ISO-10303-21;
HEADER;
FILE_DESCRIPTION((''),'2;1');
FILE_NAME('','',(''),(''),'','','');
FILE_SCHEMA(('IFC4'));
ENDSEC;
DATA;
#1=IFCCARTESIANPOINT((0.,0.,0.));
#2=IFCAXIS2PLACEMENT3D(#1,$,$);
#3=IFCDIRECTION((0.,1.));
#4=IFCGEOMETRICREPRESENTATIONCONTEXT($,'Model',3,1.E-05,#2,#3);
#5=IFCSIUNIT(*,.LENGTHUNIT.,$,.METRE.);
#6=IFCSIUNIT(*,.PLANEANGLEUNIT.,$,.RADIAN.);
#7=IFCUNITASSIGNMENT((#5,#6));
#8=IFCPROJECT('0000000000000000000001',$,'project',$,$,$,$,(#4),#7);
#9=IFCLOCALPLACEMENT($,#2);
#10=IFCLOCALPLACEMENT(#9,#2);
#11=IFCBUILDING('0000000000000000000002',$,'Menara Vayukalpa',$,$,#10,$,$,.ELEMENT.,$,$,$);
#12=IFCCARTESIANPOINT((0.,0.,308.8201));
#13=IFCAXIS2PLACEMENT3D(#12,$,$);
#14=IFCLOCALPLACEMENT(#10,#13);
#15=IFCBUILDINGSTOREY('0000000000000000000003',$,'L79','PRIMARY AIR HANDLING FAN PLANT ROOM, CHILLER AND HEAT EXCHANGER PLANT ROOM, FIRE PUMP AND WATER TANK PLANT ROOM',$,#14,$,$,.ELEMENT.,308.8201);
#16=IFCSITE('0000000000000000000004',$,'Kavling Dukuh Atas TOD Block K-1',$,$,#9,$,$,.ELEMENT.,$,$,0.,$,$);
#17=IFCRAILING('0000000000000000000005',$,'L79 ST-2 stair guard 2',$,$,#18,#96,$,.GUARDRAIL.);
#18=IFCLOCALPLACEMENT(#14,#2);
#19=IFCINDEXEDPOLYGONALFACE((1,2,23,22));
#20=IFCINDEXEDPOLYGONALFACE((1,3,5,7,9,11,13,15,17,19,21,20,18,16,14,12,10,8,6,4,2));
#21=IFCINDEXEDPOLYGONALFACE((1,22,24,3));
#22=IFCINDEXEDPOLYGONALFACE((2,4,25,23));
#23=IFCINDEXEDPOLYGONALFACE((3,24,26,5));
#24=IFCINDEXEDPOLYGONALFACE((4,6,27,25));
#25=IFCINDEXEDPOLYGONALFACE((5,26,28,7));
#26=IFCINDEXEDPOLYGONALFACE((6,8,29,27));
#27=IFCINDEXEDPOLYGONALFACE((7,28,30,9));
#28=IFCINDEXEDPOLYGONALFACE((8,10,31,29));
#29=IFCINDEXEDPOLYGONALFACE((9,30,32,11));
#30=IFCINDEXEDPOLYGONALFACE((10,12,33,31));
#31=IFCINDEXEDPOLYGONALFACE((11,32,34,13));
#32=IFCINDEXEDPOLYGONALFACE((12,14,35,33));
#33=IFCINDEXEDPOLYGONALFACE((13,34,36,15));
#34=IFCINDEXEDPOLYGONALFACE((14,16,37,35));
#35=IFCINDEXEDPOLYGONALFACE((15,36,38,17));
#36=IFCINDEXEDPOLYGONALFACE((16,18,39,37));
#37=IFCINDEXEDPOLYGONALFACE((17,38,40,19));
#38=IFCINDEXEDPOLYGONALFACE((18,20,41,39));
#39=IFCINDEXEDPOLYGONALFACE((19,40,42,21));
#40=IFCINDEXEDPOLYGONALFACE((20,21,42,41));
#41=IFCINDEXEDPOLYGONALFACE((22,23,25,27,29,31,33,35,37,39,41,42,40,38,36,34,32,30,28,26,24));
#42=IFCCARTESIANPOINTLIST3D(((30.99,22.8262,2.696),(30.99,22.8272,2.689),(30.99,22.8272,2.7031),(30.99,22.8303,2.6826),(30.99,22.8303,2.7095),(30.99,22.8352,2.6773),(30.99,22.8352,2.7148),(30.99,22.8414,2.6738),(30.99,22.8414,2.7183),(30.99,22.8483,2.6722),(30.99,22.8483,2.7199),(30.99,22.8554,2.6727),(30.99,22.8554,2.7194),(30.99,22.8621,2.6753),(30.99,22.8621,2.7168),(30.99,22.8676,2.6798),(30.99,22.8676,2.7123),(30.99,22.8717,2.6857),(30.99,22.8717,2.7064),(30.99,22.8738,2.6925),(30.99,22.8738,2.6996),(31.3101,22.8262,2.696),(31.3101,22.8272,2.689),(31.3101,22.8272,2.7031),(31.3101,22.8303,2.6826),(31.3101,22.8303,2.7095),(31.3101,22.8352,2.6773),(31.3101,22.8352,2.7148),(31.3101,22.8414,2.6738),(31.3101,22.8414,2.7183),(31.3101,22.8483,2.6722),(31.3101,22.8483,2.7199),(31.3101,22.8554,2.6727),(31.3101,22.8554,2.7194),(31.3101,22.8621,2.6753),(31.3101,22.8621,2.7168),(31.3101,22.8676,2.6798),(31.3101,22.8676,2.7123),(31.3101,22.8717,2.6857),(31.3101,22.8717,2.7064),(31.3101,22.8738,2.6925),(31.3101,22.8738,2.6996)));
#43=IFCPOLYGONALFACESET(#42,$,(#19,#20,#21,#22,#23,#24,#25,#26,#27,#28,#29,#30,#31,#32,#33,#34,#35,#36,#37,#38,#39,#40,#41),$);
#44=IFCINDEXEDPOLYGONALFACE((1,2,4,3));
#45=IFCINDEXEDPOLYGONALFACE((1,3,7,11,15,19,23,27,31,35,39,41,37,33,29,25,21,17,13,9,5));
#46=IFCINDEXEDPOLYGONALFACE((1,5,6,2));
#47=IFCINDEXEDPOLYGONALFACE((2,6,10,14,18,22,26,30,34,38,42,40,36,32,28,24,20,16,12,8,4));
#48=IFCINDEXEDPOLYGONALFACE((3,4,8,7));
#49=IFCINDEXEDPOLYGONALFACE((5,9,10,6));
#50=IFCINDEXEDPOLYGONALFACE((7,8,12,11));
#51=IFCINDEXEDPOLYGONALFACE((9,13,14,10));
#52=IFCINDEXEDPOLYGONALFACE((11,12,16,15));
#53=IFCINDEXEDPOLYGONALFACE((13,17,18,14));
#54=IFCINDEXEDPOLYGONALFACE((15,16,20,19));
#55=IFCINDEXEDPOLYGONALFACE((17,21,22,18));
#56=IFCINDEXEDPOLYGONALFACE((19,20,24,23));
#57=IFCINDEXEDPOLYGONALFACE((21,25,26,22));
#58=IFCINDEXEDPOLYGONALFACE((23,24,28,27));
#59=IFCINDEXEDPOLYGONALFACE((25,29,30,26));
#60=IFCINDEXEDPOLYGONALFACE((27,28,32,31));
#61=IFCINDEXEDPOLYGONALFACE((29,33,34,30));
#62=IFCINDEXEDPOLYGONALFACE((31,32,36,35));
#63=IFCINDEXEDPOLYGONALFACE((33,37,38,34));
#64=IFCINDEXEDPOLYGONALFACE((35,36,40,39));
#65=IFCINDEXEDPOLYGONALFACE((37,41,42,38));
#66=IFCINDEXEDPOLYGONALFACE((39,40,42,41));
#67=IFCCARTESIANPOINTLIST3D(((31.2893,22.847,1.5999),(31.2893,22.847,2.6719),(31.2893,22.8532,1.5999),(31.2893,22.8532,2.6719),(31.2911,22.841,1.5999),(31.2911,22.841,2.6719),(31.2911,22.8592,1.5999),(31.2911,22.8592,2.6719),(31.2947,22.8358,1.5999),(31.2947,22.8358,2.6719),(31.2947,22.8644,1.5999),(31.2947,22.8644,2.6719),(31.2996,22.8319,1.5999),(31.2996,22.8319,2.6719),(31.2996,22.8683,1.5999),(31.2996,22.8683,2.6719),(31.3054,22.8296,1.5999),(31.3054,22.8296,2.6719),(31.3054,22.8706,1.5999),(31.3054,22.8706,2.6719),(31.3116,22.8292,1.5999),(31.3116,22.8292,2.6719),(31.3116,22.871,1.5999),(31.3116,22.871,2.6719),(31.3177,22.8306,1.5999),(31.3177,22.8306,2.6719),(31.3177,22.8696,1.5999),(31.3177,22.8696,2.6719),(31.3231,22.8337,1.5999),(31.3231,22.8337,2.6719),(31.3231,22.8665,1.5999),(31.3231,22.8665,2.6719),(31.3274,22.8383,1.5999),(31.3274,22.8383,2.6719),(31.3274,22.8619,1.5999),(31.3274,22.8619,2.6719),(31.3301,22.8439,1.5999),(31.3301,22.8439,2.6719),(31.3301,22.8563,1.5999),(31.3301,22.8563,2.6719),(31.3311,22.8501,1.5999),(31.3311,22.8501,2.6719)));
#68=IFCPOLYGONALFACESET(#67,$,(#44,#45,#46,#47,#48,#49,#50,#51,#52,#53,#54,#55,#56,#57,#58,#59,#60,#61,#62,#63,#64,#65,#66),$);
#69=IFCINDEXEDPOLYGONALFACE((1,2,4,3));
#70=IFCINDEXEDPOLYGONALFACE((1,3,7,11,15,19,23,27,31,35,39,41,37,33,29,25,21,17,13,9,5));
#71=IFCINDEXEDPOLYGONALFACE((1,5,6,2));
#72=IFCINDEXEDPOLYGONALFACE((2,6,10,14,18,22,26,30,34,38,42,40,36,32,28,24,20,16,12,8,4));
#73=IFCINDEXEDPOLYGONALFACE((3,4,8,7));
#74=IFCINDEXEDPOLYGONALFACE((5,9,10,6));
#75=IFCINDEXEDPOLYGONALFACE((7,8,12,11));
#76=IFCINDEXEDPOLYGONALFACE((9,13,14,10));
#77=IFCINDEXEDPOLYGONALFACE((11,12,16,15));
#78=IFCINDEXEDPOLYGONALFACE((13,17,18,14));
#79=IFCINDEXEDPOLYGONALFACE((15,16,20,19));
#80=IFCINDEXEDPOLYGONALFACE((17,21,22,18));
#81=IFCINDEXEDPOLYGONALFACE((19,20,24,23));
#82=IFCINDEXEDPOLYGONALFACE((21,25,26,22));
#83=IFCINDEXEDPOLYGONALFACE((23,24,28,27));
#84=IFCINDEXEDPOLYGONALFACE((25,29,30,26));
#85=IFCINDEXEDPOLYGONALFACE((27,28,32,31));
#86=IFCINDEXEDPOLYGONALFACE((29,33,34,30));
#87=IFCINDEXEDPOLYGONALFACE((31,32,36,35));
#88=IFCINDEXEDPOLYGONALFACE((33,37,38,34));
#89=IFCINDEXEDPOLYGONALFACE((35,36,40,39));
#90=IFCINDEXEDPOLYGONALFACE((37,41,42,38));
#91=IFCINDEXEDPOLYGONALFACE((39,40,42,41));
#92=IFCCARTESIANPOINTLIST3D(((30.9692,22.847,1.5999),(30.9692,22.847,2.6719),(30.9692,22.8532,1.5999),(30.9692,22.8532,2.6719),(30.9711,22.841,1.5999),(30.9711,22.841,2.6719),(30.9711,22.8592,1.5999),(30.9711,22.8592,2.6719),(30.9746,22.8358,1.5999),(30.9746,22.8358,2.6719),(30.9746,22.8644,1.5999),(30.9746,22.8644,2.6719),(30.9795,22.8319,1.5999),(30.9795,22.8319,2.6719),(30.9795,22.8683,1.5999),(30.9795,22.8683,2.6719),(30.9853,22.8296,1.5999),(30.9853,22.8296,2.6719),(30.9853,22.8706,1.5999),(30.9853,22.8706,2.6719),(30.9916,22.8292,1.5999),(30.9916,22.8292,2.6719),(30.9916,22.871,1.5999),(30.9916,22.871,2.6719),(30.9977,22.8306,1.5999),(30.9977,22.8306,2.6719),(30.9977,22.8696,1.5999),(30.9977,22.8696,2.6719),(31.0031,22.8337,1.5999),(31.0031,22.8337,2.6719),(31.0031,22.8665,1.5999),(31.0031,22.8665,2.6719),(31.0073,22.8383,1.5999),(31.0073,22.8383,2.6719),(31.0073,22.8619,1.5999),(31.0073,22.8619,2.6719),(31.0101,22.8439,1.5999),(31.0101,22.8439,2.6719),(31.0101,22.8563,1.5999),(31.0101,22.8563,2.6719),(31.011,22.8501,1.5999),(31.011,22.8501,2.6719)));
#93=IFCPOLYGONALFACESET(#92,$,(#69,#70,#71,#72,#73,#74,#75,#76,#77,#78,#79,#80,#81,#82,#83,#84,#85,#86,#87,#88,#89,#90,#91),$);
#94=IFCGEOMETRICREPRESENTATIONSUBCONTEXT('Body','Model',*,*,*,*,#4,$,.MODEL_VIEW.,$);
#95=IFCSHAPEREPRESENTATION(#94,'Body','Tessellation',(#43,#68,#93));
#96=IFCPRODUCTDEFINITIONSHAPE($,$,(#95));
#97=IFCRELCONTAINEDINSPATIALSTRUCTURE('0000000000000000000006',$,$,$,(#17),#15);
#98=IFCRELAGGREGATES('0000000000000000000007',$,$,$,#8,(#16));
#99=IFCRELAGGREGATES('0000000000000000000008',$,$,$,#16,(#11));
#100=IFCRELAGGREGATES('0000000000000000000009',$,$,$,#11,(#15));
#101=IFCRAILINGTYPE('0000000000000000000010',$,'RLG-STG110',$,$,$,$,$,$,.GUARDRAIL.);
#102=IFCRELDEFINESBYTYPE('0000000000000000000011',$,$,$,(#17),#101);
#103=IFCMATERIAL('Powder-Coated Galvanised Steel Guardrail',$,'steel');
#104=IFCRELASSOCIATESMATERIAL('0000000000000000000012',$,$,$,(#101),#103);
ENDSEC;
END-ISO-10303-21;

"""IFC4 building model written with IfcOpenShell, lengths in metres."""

from ifc_helpers import new_model, si_unit, direction, frame, origin, origin_2d, place, context, subcontext, project, spatial, circle, extrude, material, type_object, element, save


model = new_model("IFC4")

# Units and contexts
model_context = context("Model", 3, precision=1e-05, world=origin(), true_north=direction((0.0, 1.0)))
body_context = subcontext(model_context, "Body", "Model", "MODEL_VIEW")
ifc_project = project(units=[si_unit("LENGTHUNIT", "METRE"), si_unit("PLANEANGLEUNIT", "RADIAN")], contexts=[model_context])

# Site, building, storey
site_placement = place(None, origin())
site = spatial("IfcSite", under=ifc_project, at=site_placement, Name="Kavling Dukuh Atas TOD Block K-1", CompositionType="ELEMENT", RefElevation=0.0)
building_placement = place(site_placement, origin())
building = spatial("IfcBuilding", under=site, at=building_placement, Name="Menara Vayukalpa", CompositionType="ELEMENT")
storey_placement = place(building_placement, frame((0.0, 0.0, 308.8201)))
storey = spatial("IfcBuildingStorey", under=building, at=storey_placement, Name="L79", Description="PRIMARY AIR HANDLING FAN PLANT ROOM, CHILLER AND HEAT EXCHANGER PLANT ROOM, FIRE PUMP AND WATER TANK PLANT ROOM", CompositionType="ELEMENT", Elevation=308.8201)

# Railing
ifc_material_1 = material(Name="Powder-Coated Galvanised Steel Guardrail", Category="steel")
railing_type = type_object("IfcRailingType", Name="RLG-STG110", PredefinedType="GUARDRAIL", material=ifc_material_1)
railing_1_placement = place(storey_placement, frame((31.3101, 22.8501, 1.5999)))
element("IfcRailing", 1, at=railing_1_placement, inside=storey, type_object=railing_type, Name="L79 ST-2 stair guard 2", PredefinedType="GUARDRAIL", context=body_context, shape_type="SweptSolid", body=[
    extrude(circle(Radius=0.0239, at=origin_2d()), frame((0.0, 0.0, 1.0962), z_axis=(-1.0, 0.0, 0.0), x_axis=(0.0, -1.0, 0.0)), (0.0, 0.0, 1.0), 0.3201),
    extrude(circle(Radius=0.021, at=origin_2d()), origin(), (0.0, 0.0, 1.0), 1.072),
    extrude(circle(Radius=0.021, at=origin_2d()), frame((-0.3201, 0.0, 0.0)), (0.0, 0.0, 1.0), 1.072),
])

save(model, "model.ifc")
